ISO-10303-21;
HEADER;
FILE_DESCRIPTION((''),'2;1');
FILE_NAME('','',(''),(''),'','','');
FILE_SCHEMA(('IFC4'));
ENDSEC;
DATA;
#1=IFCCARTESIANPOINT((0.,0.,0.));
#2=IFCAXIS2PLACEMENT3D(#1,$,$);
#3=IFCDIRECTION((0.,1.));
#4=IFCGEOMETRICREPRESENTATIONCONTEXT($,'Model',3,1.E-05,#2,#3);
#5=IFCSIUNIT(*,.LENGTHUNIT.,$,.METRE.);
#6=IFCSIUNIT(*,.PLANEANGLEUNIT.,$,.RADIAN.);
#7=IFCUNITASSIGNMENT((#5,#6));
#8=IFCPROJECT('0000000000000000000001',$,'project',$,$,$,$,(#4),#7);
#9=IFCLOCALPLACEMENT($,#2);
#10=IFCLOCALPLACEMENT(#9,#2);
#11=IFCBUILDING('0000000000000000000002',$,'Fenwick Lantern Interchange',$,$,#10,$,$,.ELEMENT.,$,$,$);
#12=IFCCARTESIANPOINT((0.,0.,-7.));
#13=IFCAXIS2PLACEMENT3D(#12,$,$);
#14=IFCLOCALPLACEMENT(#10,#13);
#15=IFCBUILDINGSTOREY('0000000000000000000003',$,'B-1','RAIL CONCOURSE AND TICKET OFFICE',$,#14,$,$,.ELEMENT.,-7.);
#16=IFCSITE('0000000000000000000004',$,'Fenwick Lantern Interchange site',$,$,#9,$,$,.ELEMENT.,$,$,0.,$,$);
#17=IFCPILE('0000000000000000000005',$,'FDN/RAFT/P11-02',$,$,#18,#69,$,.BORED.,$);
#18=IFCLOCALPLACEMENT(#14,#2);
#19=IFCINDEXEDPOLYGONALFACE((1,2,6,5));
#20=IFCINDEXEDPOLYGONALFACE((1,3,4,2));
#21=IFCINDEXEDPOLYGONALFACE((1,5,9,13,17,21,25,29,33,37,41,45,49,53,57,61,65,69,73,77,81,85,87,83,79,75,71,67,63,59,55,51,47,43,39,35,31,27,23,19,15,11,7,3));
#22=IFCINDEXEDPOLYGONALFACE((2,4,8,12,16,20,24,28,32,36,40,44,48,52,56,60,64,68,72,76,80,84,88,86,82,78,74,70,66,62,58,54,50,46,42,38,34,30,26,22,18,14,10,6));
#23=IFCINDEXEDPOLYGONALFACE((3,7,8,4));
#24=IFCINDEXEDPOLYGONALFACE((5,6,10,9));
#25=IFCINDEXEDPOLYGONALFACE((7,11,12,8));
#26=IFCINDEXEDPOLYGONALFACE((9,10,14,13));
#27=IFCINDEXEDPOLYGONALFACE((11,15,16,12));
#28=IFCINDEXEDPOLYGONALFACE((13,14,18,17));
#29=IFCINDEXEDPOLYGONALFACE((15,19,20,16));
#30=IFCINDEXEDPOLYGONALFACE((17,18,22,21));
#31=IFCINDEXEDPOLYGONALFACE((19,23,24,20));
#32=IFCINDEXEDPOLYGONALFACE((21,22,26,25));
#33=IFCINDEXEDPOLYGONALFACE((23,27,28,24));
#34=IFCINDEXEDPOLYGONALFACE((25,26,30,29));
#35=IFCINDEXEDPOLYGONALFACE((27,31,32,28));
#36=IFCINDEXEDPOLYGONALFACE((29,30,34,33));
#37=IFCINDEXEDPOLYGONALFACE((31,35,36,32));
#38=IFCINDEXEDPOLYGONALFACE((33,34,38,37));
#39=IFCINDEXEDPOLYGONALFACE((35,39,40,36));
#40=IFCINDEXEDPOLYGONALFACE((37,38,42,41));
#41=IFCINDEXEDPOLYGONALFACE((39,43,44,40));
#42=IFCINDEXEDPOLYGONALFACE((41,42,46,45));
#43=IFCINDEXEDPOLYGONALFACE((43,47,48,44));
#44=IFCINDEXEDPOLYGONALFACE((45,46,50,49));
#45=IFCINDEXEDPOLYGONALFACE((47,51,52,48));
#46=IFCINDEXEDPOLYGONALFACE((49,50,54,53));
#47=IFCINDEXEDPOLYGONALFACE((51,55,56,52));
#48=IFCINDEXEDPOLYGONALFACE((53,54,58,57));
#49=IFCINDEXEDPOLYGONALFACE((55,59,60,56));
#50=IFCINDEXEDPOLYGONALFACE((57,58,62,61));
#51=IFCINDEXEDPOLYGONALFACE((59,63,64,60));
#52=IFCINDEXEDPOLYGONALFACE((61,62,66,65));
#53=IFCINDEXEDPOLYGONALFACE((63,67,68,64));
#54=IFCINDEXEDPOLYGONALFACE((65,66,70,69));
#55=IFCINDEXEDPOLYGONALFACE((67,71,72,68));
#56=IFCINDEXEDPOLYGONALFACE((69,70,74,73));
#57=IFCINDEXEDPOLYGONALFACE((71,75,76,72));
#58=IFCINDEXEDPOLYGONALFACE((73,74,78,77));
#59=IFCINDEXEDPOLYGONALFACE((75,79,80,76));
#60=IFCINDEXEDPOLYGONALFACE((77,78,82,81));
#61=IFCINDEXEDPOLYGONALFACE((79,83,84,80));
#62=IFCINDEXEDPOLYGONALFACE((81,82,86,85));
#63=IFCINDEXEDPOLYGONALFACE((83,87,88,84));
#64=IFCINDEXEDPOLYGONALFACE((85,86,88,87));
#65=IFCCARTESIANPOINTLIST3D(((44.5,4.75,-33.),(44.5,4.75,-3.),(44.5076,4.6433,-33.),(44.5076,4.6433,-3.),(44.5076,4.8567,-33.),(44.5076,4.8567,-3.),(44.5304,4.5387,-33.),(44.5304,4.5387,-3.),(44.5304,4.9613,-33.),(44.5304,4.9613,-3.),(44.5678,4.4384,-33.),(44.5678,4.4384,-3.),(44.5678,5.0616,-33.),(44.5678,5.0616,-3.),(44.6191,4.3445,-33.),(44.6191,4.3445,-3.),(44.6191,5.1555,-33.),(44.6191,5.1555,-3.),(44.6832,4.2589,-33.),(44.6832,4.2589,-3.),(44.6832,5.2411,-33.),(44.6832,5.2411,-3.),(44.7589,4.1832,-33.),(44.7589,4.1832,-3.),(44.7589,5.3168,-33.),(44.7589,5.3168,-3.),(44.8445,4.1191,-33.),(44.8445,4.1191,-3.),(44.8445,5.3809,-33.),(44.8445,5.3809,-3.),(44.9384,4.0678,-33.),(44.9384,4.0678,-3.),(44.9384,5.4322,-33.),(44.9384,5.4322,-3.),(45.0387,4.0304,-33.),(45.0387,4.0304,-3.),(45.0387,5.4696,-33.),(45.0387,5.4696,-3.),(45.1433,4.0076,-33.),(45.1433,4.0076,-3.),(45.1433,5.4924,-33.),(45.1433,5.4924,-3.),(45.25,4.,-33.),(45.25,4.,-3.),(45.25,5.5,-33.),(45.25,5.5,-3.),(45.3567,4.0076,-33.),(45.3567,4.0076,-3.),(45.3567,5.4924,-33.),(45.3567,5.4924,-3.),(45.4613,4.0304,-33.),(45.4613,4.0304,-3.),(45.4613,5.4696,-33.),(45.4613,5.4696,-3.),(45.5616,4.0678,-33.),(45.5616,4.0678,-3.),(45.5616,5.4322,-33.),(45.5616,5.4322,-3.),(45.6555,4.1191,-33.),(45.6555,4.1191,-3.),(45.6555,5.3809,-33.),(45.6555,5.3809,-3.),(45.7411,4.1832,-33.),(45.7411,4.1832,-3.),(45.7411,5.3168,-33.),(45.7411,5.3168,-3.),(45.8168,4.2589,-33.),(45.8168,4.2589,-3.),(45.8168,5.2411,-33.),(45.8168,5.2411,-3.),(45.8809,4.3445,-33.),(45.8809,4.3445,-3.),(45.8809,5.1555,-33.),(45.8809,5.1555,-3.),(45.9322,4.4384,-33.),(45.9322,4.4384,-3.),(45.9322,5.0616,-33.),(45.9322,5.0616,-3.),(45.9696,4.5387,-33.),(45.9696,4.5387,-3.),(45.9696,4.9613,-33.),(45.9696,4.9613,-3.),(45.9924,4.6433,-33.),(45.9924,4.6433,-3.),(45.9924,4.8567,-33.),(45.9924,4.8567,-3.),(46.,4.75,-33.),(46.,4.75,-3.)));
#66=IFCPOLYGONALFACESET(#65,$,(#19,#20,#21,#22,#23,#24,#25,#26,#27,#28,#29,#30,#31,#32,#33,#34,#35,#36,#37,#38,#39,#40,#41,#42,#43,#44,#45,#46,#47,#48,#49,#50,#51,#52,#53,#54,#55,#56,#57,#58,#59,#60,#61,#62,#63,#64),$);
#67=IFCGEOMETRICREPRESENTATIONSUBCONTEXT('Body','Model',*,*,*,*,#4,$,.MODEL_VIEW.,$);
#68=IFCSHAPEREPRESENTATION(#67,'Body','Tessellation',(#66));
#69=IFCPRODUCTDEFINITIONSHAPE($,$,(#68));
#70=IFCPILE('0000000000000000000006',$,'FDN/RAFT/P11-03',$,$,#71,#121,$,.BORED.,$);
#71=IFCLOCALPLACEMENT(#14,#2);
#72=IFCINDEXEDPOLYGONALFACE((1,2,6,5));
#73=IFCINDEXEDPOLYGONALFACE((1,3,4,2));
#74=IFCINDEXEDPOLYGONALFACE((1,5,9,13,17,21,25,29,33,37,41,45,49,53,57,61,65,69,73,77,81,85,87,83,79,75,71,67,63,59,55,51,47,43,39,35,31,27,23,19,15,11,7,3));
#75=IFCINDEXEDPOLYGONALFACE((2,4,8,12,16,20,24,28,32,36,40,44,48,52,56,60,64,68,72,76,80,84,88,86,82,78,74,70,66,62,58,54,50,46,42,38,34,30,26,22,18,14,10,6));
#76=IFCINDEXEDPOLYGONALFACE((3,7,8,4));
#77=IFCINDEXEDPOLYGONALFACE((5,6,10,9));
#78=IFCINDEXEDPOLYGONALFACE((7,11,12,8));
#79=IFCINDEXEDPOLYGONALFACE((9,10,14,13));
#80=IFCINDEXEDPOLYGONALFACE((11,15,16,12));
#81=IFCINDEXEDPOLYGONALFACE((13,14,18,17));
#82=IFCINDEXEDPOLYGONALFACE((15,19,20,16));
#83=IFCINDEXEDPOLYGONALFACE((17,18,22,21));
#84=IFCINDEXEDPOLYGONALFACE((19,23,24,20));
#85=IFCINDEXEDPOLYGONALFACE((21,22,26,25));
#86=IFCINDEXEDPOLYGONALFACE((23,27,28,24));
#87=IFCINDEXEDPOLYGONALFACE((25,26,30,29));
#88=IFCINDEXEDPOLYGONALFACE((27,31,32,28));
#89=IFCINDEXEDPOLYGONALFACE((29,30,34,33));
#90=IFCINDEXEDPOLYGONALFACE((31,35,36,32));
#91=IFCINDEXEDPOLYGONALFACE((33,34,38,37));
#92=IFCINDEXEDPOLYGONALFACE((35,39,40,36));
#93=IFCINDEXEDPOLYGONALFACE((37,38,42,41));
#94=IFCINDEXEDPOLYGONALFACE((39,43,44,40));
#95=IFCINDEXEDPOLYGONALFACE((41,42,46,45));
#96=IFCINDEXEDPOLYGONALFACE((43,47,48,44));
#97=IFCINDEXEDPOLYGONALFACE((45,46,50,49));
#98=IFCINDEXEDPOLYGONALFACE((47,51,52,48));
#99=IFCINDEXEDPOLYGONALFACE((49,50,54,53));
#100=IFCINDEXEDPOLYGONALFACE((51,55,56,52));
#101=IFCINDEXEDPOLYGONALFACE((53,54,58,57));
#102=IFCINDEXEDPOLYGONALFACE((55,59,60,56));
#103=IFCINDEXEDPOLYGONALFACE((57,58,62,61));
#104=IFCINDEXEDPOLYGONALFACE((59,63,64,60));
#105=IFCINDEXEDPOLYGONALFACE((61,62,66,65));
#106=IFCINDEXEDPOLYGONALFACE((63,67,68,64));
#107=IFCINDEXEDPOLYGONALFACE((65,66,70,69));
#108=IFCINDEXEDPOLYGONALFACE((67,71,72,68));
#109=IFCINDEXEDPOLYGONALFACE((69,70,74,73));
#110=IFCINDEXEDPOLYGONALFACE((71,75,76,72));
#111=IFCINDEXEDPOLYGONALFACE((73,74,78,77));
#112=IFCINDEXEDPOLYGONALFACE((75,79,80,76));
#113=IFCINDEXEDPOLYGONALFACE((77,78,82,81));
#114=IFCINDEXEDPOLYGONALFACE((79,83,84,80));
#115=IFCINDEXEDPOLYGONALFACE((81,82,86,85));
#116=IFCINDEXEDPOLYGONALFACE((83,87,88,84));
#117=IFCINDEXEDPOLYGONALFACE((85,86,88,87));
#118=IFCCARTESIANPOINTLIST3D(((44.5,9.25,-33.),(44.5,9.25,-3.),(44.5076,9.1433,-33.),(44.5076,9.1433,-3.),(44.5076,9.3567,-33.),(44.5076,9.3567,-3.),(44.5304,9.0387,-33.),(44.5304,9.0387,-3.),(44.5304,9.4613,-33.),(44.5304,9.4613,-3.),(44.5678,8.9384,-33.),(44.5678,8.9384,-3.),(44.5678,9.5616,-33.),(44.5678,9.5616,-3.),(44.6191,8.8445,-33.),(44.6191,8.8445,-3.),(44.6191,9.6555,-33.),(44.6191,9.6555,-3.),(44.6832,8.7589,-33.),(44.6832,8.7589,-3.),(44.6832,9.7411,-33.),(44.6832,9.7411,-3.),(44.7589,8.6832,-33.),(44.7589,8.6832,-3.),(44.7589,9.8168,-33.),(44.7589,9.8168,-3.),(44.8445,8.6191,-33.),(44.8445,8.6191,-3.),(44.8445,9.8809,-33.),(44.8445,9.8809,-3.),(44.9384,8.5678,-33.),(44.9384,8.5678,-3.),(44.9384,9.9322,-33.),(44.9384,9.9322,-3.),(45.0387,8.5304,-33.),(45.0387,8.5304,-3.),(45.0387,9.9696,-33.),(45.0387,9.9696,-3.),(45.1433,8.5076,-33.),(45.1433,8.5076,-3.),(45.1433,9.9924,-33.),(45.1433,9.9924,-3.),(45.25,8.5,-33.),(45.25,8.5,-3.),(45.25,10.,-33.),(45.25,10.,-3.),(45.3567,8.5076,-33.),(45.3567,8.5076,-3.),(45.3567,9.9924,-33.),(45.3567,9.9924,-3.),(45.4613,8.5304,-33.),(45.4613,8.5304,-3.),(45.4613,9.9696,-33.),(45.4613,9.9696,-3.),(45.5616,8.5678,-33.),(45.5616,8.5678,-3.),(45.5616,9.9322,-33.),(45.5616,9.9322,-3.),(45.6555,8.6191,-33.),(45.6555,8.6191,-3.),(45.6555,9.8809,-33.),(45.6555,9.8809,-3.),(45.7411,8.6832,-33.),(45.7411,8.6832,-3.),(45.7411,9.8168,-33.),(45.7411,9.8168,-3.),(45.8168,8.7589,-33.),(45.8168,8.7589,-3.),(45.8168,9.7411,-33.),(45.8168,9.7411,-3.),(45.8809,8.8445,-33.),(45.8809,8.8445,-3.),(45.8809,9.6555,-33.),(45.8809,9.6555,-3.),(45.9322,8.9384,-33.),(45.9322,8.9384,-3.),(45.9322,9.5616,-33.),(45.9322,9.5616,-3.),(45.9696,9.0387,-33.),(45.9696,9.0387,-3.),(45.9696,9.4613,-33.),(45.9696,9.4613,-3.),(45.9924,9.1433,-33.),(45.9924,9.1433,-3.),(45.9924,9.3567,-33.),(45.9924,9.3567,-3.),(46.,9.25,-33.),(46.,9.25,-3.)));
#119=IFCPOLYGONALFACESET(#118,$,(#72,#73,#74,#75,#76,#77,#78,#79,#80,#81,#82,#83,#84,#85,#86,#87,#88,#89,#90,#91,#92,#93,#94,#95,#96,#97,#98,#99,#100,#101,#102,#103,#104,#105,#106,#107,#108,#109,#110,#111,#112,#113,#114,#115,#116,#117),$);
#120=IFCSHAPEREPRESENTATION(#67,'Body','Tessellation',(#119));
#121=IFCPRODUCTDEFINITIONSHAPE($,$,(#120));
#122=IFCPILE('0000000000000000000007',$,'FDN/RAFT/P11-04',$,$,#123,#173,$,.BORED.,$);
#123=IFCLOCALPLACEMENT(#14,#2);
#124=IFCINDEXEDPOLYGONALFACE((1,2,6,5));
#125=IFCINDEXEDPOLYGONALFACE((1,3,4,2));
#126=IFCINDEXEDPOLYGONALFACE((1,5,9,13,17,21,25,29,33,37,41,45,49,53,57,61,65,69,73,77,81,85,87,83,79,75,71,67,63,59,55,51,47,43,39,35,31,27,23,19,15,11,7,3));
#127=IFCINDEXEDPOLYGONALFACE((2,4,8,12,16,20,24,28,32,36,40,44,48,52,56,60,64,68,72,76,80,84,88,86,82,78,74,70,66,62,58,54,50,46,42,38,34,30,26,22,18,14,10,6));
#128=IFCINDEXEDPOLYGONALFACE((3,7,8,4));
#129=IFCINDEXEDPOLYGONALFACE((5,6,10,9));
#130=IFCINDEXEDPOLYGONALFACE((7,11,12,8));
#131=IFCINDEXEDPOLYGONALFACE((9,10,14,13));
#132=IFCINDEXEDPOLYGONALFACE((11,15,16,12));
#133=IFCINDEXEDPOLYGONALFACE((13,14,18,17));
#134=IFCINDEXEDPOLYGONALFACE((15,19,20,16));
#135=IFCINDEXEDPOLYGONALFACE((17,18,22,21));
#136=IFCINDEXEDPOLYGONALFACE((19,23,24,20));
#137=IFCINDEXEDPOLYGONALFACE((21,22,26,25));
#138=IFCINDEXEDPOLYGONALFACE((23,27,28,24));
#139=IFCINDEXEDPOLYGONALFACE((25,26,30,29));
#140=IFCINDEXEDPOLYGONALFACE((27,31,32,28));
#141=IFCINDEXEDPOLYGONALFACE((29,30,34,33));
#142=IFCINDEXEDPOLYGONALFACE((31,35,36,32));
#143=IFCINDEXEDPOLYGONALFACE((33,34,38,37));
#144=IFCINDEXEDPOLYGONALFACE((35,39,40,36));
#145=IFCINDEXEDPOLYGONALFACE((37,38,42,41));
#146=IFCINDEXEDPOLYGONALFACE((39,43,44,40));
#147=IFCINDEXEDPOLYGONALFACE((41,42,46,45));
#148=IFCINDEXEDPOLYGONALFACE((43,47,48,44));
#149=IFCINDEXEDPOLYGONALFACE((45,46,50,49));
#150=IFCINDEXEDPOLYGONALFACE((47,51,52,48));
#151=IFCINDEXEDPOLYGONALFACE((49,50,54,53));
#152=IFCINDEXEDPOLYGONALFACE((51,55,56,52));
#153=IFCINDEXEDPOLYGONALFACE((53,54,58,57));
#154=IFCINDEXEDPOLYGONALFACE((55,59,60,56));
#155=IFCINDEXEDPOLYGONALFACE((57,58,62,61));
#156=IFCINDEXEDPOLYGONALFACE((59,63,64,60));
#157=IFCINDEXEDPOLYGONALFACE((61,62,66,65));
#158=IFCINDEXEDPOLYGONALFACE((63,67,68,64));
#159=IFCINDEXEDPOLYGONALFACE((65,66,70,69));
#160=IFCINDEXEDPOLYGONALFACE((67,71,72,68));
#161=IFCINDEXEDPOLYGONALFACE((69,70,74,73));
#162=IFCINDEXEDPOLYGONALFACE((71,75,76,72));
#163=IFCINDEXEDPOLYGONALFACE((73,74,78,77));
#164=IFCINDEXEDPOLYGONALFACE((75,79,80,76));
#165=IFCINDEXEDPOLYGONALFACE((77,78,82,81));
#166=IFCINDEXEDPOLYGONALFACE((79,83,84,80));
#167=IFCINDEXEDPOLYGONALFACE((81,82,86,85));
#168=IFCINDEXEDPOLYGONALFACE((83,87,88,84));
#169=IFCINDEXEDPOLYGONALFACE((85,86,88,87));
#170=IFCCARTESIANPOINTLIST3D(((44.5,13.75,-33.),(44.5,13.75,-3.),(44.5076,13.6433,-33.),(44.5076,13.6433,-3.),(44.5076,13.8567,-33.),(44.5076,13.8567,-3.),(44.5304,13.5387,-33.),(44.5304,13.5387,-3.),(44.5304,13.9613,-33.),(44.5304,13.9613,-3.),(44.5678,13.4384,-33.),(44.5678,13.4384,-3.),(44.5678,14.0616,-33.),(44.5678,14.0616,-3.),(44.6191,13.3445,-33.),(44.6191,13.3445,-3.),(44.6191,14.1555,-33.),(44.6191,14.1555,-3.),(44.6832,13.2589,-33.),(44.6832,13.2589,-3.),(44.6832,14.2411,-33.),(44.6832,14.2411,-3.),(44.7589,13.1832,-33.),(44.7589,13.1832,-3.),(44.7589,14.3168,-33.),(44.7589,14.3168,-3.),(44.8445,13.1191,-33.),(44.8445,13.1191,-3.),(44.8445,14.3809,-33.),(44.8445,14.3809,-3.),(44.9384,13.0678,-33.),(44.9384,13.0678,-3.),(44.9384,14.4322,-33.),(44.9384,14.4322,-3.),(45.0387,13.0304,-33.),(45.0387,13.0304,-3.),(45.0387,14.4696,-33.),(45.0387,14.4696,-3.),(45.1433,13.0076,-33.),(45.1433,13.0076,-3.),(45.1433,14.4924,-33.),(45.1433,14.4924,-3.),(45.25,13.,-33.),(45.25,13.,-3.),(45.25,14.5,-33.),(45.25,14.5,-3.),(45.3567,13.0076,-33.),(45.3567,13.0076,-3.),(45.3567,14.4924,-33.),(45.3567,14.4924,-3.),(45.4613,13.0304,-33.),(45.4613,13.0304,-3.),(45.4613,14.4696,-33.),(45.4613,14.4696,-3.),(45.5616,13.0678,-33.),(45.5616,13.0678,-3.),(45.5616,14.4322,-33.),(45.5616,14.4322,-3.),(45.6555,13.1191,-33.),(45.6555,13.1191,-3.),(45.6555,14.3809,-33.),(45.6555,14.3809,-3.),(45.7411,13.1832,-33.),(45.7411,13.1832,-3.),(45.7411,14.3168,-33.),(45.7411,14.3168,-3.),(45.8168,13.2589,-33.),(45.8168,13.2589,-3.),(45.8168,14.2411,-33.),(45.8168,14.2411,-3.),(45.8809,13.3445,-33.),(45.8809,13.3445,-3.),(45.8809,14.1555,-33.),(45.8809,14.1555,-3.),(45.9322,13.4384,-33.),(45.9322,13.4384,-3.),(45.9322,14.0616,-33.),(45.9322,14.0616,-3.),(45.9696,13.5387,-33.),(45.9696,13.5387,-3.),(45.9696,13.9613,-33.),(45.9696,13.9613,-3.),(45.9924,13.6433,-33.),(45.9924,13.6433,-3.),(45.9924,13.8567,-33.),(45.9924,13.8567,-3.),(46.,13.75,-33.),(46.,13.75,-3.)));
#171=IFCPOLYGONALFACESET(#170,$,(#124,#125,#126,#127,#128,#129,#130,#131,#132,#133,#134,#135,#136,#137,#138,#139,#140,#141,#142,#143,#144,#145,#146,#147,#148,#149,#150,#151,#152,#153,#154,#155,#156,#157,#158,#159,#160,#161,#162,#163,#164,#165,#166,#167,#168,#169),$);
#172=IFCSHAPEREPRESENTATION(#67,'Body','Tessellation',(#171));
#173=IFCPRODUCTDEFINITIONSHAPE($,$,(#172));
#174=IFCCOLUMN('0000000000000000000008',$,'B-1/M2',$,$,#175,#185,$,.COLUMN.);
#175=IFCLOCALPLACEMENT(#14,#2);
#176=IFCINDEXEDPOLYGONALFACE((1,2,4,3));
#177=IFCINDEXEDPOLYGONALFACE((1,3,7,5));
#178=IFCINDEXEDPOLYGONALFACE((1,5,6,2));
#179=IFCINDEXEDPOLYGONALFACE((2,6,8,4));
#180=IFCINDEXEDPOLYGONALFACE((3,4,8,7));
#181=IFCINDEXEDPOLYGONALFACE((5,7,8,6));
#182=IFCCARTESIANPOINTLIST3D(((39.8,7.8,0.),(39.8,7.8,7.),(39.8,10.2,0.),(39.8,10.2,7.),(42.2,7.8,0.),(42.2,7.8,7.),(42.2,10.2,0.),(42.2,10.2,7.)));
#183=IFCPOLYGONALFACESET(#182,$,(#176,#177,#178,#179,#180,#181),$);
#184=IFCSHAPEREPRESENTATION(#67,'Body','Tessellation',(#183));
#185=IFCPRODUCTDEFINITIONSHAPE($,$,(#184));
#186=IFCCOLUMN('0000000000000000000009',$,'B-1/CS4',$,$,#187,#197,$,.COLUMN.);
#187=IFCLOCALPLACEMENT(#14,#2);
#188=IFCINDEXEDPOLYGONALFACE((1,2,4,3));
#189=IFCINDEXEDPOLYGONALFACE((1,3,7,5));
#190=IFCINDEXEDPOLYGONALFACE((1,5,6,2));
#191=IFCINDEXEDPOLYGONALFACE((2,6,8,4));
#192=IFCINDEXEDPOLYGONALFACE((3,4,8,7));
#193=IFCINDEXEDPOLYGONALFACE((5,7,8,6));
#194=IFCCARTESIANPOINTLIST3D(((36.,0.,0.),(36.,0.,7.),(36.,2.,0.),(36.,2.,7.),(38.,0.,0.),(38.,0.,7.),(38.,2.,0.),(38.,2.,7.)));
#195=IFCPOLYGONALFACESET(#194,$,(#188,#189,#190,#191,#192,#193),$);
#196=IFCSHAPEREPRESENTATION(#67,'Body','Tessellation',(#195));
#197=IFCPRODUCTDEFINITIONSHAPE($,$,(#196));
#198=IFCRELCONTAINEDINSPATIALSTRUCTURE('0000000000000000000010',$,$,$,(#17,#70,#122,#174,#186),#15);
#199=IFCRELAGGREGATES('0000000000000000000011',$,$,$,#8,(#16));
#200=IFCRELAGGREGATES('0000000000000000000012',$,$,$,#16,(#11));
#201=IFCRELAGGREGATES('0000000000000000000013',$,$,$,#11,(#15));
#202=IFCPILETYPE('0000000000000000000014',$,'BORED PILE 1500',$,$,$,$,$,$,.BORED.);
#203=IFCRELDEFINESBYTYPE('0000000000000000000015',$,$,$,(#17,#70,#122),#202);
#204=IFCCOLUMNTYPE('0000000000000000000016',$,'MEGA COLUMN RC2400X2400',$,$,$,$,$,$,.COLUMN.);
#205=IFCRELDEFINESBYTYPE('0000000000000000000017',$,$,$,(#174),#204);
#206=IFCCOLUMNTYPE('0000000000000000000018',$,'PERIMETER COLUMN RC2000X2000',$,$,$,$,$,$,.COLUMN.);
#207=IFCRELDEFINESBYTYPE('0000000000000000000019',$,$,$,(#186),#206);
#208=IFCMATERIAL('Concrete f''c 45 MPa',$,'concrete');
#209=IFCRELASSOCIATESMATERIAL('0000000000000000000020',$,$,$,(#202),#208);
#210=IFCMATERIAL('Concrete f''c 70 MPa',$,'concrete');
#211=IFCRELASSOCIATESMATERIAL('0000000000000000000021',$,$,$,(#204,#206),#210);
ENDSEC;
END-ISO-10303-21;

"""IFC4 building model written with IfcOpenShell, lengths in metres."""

from ifc_helpers import new_model, si_unit, direction, frame, origin, origin_2d, place, context, subcontext, project, spatial, rectangle, circle, extrude, material, material_profile, profile_set, type_object, element, save


model = new_model("IFC4")

# Units and contexts
model_context = context("Model", 3, precision=1e-05, world=origin(), true_north=direction((0.0, 1.0)))
body_context = subcontext(model_context, "Body", "Model", "MODEL_VIEW")
ifc_project = project(units=[si_unit("LENGTHUNIT", "METRE"), si_unit("PLANEANGLEUNIT", "RADIAN")], contexts=[model_context])

# Site, building, storey
site_placement = place(None, origin())
site = spatial("IfcSite", under=ifc_project, at=site_placement, Name="Fenwick Lantern Interchange site", CompositionType="ELEMENT", RefElevation=0.0)
building_placement = place(site_placement, origin())
building = spatial("IfcBuilding", under=site, at=building_placement, Name="Fenwick Lantern Interchange", CompositionType="ELEMENT")
storey_placement = place(building_placement, frame((0.0, 0.0, -7.0)))
storey = spatial("IfcBuildingStorey", under=building, at=storey_placement, Name="B-1", Description="RAIL CONCOURSE AND TICKET OFFICE", CompositionType="ELEMENT", Elevation=-7.0)

# Piles
ifc_material_1 = material(Name="Concrete f'c 45 MPa", Category="concrete")
pile_type = type_object("IfcPileType", Name="BORED PILE 1500", PredefinedType="BORED", material=ifc_material_1)
for number, where, z_axis, x_axis, name in (
    (1, (45.25, 4.75, -3.0), (0.0, 0.0, -1.0), (1.0, 0.0, 0.0), "FDN/RAFT/P11-02"),
    (2, (45.25, 9.25, -3.0), (0.0, 0.0, -1.0), (1.0, 0.0, 0.0), "FDN/RAFT/P11-03"),
    (3, (45.25, 13.75, -3.0), (0.0, 0.0, -1.0), (1.0, 0.0, 0.0), "FDN/RAFT/P11-04"),
):
    element("IfcPile", number, at=place(storey_placement, frame(where, z_axis=z_axis, x_axis=x_axis)), inside=storey, type_object=pile_type, Name=name, PredefinedType="BORED", context=body_context, shape_type="SweptSolid", body=[
        extrude(circle(Radius=0.75, at=origin_2d()), origin(), (0.0, 0.0, 1.0), 30.0),
    ])

# Columns
ifc_material_2 = material(Name="Concrete f'c 70 MPa", Category="concrete")
ifc_material_profile_1 = material_profile(ifc_material_2, rectangle(XDim=2.3999, YDim=2.3999, at=origin_2d()), Name="RC2400X2400")
ifc_profile_set_1 = profile_set([ifc_material_profile_1], Name="Concrete f'c 70 MPa")
column_type_1 = type_object("IfcColumnType", Name="MEGA COLUMN RC2400X2400", PredefinedType="COLUMN", material=ifc_profile_set_1)
column_1_placement = place(storey_placement, frame((41.0, 9.0, 0.0), z_axis=(0.0, 0.0, 1.0), x_axis=(1.0, 0.0, 0.0)))
element("IfcColumn", 4, at=column_1_placement, inside=storey, type_object=column_type_1, Name="B-1/M2", PredefinedType="COLUMN", context=body_context, shape_type="SweptSolid", body=[
    extrude(rectangle(XDim=2.3999, YDim=2.3999, at=origin_2d()), origin(), (0.0, 0.0, 1.0), 7.0),
])
ifc_material_profile_2 = material_profile(ifc_material_2, rectangle(XDim=2.0, YDim=2.0, at=origin_2d()), Name="RC2000X2000")
ifc_profile_set_2 = profile_set([ifc_material_profile_2], Name="Concrete f'c 70 MPa")
column_type_2 = type_object("IfcColumnType", Name="PERIMETER COLUMN RC2000X2000", PredefinedType="COLUMN", material=ifc_profile_set_2)
column_2_placement = place(storey_placement, frame((37.0, 1.0, 0.0), z_axis=(0.0, 0.0, 1.0), x_axis=(1.0, 0.0, 0.0)))
element("IfcColumn", 5, at=column_2_placement, inside=storey, type_object=column_type_2, Name="B-1/CS4", PredefinedType="COLUMN", context=body_context, shape_type="SweptSolid", body=[
    extrude(rectangle(XDim=2.0, YDim=2.0, at=origin_2d()), origin(), (0.0, 0.0, 1.0), 7.0),
])

save(model, "model.ifc")
